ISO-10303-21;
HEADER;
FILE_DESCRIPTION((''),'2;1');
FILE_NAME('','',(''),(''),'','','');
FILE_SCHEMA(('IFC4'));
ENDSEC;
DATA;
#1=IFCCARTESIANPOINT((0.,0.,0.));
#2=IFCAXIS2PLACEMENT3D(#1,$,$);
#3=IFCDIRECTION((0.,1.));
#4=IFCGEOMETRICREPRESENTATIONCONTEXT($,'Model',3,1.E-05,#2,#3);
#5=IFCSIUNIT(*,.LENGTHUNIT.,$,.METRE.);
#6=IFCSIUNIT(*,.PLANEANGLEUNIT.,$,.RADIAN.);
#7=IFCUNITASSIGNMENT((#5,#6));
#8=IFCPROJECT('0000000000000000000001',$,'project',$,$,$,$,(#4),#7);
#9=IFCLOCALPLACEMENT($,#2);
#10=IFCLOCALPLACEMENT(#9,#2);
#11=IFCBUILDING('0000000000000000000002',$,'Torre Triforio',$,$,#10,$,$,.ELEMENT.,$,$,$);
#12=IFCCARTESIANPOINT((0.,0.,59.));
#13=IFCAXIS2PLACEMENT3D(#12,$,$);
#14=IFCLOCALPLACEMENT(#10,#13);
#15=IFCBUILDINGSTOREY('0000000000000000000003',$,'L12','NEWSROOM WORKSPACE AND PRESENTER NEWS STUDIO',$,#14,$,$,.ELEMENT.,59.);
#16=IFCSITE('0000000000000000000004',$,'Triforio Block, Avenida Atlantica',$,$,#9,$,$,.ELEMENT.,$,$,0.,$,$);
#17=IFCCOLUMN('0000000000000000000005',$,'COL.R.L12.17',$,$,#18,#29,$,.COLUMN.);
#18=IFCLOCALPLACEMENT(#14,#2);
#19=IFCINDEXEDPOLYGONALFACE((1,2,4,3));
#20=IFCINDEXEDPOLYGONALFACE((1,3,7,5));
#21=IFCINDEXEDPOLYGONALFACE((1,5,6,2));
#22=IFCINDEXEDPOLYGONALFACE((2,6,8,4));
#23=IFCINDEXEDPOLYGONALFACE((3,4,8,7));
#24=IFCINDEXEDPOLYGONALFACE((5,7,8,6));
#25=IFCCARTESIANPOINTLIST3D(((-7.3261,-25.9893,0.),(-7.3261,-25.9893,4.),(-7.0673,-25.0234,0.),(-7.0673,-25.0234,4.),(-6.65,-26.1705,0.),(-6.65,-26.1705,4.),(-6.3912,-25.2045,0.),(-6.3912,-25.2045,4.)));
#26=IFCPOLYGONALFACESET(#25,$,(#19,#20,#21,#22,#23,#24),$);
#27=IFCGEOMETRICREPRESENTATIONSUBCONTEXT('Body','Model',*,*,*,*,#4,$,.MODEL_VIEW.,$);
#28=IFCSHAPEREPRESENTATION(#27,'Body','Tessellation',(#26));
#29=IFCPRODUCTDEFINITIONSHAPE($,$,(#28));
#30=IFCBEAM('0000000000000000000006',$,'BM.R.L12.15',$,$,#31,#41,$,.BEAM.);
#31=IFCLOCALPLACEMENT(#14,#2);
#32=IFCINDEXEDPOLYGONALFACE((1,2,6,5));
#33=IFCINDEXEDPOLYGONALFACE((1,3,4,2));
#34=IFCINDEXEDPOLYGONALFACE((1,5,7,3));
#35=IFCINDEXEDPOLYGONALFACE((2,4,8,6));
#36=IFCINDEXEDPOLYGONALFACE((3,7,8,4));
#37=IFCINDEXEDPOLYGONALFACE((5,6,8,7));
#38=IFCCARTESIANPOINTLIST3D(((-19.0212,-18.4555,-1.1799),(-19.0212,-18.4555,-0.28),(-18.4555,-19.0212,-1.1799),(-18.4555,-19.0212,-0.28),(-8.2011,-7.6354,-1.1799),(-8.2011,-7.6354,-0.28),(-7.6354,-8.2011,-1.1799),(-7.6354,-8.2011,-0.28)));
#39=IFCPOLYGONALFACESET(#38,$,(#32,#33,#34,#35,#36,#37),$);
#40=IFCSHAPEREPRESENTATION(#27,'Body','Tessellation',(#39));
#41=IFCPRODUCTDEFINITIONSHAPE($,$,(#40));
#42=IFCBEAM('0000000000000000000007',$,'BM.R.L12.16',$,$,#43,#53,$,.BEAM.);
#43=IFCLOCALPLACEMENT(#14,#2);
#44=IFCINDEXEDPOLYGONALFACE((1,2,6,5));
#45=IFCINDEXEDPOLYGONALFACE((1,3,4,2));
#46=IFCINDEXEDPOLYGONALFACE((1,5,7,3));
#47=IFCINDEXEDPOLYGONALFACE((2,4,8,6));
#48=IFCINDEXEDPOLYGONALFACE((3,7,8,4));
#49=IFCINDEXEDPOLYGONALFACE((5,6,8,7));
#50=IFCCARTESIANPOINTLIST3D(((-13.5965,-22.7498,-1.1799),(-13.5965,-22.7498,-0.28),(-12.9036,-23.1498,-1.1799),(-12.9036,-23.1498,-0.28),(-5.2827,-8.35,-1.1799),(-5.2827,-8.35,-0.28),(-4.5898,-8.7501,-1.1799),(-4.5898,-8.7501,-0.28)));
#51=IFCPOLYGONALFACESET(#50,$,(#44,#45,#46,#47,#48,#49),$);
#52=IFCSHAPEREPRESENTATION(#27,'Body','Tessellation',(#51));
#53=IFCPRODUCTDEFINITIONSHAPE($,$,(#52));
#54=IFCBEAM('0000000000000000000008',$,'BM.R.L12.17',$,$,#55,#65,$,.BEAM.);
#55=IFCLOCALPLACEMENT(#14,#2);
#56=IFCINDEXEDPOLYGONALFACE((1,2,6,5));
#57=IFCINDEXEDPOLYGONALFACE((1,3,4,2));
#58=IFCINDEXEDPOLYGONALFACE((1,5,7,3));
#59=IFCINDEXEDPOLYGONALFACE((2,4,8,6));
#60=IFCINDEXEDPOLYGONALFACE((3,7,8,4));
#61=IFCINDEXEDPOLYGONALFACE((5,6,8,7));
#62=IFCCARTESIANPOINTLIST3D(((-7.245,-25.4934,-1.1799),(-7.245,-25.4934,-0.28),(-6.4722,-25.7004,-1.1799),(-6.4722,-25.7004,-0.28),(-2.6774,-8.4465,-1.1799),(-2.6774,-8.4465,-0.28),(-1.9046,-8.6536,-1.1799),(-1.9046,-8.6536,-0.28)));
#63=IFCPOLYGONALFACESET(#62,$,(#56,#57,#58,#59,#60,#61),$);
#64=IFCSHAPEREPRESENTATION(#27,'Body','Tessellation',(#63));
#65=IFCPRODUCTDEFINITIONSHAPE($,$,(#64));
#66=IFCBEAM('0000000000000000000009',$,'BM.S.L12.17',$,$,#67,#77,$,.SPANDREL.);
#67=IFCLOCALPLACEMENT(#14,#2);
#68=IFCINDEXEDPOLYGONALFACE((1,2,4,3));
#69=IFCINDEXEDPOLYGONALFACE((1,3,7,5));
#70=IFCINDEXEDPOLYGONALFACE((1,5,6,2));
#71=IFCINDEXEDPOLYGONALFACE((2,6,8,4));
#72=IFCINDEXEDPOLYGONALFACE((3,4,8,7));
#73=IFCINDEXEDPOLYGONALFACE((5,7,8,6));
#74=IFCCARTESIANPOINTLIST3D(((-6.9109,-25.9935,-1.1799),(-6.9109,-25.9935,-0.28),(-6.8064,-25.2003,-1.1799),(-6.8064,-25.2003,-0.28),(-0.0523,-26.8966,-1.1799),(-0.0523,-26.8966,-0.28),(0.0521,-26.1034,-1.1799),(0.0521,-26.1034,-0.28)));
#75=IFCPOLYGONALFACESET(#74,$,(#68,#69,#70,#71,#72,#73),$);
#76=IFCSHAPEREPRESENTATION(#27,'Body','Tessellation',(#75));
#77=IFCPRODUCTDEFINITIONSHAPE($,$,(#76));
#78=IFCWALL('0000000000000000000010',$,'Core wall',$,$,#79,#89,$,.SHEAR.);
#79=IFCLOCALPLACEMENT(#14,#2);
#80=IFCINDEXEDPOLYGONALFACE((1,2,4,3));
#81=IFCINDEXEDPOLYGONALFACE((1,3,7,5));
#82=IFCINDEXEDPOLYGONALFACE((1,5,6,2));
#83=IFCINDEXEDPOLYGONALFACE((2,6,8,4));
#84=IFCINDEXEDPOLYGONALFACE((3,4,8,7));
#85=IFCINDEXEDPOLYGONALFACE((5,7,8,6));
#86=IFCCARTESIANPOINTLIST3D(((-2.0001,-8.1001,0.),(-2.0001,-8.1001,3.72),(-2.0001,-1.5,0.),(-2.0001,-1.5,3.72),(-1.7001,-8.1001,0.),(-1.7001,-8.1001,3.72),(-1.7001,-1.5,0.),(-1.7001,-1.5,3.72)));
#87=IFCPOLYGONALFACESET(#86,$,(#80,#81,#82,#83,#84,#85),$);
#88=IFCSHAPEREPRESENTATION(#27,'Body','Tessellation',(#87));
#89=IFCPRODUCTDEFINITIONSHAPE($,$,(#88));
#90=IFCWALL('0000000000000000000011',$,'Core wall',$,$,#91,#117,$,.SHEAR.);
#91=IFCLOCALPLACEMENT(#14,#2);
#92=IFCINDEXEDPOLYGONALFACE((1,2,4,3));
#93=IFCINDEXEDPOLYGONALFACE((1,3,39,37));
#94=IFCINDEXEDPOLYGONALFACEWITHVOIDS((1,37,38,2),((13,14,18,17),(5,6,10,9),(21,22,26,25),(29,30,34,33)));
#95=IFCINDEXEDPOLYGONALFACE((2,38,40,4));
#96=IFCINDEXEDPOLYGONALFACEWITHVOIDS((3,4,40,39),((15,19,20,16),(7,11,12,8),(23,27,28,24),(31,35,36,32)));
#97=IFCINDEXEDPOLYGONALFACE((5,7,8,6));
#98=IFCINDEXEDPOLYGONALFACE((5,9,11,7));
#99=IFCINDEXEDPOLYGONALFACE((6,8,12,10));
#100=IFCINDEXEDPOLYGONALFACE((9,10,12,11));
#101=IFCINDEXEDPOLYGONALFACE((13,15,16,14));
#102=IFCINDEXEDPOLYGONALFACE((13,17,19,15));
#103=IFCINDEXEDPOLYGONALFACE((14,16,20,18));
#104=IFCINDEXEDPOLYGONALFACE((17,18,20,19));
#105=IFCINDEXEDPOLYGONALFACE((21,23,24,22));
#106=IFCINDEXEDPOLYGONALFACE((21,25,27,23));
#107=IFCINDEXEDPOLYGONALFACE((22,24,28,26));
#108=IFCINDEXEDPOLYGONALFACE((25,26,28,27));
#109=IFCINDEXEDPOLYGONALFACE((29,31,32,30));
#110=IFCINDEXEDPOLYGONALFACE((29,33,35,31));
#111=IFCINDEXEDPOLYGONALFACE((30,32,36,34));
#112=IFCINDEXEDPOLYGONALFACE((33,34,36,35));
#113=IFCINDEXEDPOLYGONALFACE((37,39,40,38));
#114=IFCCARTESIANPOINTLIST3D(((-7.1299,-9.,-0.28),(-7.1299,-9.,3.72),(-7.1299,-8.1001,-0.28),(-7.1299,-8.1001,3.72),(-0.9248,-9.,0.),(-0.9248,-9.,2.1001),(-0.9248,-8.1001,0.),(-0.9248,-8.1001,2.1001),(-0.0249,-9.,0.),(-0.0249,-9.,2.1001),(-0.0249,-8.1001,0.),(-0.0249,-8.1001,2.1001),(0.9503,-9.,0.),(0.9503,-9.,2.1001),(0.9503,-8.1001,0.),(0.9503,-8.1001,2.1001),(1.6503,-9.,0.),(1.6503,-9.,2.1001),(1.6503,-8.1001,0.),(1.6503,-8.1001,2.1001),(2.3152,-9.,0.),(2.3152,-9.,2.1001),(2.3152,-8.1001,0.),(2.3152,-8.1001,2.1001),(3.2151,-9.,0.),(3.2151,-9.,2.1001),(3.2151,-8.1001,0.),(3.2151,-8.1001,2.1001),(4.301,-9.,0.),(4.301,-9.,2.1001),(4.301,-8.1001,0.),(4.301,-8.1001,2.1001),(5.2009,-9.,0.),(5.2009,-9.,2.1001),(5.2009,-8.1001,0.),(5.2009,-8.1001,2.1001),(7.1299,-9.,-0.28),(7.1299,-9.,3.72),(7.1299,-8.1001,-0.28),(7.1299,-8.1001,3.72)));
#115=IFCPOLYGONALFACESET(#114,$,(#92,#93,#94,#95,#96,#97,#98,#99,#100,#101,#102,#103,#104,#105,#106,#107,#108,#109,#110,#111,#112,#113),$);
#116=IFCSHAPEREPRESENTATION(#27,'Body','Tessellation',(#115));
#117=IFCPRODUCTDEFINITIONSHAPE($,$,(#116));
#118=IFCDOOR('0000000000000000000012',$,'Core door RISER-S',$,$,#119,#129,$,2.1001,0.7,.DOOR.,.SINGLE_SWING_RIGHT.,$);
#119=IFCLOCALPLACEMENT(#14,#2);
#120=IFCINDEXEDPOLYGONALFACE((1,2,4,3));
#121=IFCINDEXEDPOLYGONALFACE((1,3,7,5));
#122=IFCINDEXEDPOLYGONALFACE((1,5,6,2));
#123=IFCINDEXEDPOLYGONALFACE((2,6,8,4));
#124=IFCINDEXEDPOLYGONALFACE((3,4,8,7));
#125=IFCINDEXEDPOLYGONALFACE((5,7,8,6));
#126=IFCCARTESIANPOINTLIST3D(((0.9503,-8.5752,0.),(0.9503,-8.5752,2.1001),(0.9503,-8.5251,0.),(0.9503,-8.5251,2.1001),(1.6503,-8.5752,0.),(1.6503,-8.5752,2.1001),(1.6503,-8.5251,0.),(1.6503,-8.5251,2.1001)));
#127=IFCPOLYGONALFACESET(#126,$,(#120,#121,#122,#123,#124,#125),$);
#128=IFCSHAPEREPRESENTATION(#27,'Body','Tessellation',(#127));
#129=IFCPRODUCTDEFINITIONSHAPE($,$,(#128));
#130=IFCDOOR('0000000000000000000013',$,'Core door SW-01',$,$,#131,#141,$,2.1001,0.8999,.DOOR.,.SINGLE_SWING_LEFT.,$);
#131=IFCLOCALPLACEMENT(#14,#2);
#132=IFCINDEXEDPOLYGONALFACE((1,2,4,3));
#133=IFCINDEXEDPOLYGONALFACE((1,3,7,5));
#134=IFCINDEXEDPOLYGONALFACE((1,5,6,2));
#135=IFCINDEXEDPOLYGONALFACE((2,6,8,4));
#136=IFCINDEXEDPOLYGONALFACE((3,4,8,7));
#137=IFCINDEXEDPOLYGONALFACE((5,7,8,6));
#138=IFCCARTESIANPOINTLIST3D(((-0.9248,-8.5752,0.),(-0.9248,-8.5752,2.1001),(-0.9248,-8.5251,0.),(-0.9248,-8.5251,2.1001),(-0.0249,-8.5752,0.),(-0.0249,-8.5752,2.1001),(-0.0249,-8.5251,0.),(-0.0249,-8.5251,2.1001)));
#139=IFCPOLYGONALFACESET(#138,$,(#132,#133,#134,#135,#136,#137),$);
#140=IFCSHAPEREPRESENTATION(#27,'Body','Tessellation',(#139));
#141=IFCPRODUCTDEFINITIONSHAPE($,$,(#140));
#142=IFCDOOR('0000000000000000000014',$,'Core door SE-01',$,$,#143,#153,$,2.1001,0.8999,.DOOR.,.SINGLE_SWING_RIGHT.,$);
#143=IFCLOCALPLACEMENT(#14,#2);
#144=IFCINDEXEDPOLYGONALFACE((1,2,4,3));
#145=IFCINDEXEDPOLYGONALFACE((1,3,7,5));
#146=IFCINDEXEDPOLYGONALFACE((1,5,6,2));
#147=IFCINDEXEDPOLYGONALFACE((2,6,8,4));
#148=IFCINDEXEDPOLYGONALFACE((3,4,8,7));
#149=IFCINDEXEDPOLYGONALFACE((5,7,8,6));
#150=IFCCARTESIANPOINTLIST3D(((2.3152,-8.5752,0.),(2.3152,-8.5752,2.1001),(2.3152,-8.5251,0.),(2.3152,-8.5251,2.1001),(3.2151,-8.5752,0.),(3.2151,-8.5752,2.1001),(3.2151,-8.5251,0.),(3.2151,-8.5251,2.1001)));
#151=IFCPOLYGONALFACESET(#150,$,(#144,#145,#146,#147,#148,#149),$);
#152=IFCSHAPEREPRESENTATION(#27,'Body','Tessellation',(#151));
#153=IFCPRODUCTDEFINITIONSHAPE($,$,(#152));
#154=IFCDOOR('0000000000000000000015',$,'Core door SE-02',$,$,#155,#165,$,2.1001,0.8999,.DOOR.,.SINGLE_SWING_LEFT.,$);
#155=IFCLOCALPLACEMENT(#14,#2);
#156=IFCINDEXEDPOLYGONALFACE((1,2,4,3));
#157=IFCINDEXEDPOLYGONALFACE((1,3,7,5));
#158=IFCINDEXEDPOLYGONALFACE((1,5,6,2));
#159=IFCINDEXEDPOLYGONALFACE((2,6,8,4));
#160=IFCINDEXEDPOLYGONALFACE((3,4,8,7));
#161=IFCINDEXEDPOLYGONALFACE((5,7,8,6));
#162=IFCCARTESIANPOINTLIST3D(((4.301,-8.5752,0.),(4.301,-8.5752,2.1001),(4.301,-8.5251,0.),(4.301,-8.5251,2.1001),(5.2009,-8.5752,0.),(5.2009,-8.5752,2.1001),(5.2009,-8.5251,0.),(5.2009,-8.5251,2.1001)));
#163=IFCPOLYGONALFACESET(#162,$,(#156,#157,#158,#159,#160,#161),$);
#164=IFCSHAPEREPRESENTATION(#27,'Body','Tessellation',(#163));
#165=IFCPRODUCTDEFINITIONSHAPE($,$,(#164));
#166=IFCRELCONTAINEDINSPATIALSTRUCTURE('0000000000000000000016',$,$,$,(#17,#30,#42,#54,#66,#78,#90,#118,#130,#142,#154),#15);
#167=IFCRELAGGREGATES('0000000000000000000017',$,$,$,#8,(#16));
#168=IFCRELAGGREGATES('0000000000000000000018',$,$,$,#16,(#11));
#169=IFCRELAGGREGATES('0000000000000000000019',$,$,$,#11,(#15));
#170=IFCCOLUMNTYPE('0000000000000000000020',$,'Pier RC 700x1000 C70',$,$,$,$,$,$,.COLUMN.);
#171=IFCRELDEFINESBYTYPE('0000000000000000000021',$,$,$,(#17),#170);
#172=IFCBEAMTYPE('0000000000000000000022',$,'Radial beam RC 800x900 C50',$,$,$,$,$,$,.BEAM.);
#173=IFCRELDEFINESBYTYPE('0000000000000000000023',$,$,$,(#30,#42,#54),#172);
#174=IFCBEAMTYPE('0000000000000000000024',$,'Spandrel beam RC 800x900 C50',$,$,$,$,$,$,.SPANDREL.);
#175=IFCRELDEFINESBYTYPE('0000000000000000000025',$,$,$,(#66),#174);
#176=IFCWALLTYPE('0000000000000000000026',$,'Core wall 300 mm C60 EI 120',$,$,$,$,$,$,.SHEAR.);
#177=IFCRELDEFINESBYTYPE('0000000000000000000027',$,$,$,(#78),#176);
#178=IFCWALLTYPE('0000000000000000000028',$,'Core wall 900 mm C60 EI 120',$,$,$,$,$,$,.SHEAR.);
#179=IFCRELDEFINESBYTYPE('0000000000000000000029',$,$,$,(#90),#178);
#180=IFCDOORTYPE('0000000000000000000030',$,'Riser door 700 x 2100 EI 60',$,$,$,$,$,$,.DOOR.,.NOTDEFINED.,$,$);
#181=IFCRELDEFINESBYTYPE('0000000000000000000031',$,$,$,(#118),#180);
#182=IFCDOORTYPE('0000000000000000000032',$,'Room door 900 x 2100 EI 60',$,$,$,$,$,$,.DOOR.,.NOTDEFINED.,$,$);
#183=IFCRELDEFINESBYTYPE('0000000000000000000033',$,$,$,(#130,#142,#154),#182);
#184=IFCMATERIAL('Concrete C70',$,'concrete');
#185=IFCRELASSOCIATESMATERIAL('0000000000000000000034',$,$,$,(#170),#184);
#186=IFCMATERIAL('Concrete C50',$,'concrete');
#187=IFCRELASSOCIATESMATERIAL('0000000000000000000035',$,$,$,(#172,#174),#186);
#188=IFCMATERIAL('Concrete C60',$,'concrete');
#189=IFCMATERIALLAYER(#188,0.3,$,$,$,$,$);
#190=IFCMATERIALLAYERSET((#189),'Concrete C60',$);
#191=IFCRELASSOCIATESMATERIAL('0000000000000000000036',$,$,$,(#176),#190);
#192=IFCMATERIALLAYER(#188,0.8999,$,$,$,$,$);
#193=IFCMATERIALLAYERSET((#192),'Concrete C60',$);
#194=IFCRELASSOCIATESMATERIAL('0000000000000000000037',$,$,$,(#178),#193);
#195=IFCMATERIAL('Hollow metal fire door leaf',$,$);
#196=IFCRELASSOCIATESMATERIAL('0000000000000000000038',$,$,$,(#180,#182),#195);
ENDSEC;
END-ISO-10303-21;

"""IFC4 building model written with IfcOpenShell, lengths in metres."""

from ifc_helpers import new_model, si_unit, direction, frame, frame_2d, origin, origin_2d, place, context, subcontext, project, spatial, rectangle, extrude, material, layer, layer_set, material_profile, profile_set, type_object, element, fill, save


model = new_model("IFC4")

# Units and contexts
model_context = context("Model", 3, precision=1e-05, world=origin(), true_north=direction((0.0, 1.0)))
body_context = subcontext(model_context, "Body", "Model", "MODEL_VIEW")
ifc_project = project(units=[si_unit("LENGTHUNIT", "METRE"), si_unit("PLANEANGLEUNIT", "RADIAN")], contexts=[model_context])

# Site, building, storey
site_placement = place(None, origin())
site = spatial("IfcSite", under=ifc_project, at=site_placement, Name="Triforio Block, Avenida Atlantica", CompositionType="ELEMENT", RefElevation=0.0)
building_placement = place(site_placement, origin())
building = spatial("IfcBuilding", under=site, at=building_placement, Name="Torre Triforio", CompositionType="ELEMENT")
storey_placement = place(building_placement, frame((0.0, 0.0, 59.0)))
storey = spatial("IfcBuildingStorey", under=building, at=storey_placement, Name="L12", Description="NEWSROOM WORKSPACE AND PRESENTER NEWS STUDIO", CompositionType="ELEMENT", Elevation=59.0)

# Column
ifc_material_1 = material(Name="Concrete C70", Category="concrete")
ifc_material_profile_1 = material_profile(ifc_material_1, rectangle(XDim=0.7, YDim=1.0, at=origin_2d()), Name="RC 700x1000")
ifc_profile_set_1 = profile_set([ifc_material_profile_1], Name="Concrete C70")
column_type = type_object("IfcColumnType", Name="Pier RC 700x1000 C70", PredefinedType="COLUMN", material=ifc_profile_set_1)
column_placement = place(storey_placement, frame((-6.8586, -25.5969, 0.0), z_axis=(0.0, 0.0, 1.0), x_axis=(0.965926, -0.258819, 0.0)))
element("IfcColumn", 1, at=column_placement, inside=storey, type_object=column_type, Name="COL.R.L12.17", PredefinedType="COLUMN", context=body_context, shape_type="SweptSolid", body=[
    extrude(rectangle(XDim=0.7, YDim=1.0, at=origin_2d()), origin(), (0.0, 0.0, 1.0), 4.0),
])

# Beams
ifc_material_2 = material(Name="Concrete C50", Category="concrete")
ifc_material_profile_2 = material_profile(ifc_material_2, rectangle(XDim=0.8, YDim=0.8999, at=origin_2d()), Name="RC 800x900")
ifc_profile_set_2 = profile_set([ifc_material_profile_2], Name="Concrete C50")
beam_type_1 = type_object("IfcBeamType", Name="Radial beam RC 800x900 C50", PredefinedType="BEAM", material=ifc_profile_set_2)
beam_1_placement = place(storey_placement, frame((-7.9182, -7.9182, -0.73), z_axis=(-0.707107, -0.707107, 0.0), x_axis=(0.707107, -0.707107, 0.0)))
element("IfcBeam", 2, at=beam_1_placement, inside=storey, type_object=beam_type_1, Name="BM.R.L12.15", PredefinedType="BEAM", context=body_context, shape_type="SweptSolid", body=[
    extrude(rectangle(XDim=0.8, YDim=0.8999, at=origin_2d()), origin(), (0.0, 0.0, 1.0), 15.302),
])
beam_2_placement = place(storey_placement, frame((-4.9363, -8.55, -0.73), z_axis=(-0.500003, -0.866023, 0.0), x_axis=(0.866023, -0.500003, 0.0)))
element("IfcBeam", 3, at=beam_2_placement, inside=storey, type_object=beam_type_1, Name="BM.R.L12.16", PredefinedType="BEAM", context=body_context, shape_type="SweptSolid", body=[
    extrude(rectangle(XDim=0.8, YDim=0.8999, at=origin_2d()), origin(), (0.0, 0.0, 1.0), 16.6274),
])
beam_3_placement = place(storey_placement, frame((-2.291, -8.55, -0.73), z_axis=(-0.258815, -0.965927, 0.0), x_axis=(0.965927, -0.258815, 0.0)))
element("IfcBeam", 4, at=beam_3_placement, inside=storey, type_object=beam_type_1, Name="BM.R.L12.17", PredefinedType="BEAM", context=body_context, shape_type="SweptSolid", body=[
    extrude(rectangle(XDim=0.8, YDim=0.8999, at=origin_2d()), origin(), (0.0, 0.0, 1.0), 17.6482),
])
ifc_material_profile_3 = material_profile(ifc_material_2, rectangle(XDim=0.8, YDim=0.8999, at=origin_2d()), Name="RC 800x900")
ifc_profile_set_3 = profile_set([ifc_material_profile_3], Name="Concrete C50")
beam_type_2 = type_object("IfcBeamType", Name="Spandrel beam RC 800x900 C50", PredefinedType="SPANDREL", material=ifc_profile_set_3)
beam_4_placement = place(storey_placement, frame((-6.8586, -25.5969, -0.73), z_axis=(0.991443, -0.130543, 0.0), x_axis=(0.130543, 0.991443, 0.0)))
element("IfcBeam", 5, at=beam_4_placement, inside=storey, type_object=beam_type_2, Name="BM.S.L12.17", PredefinedType="SPANDREL", context=body_context, shape_type="SweptSolid", body=[
    extrude(rectangle(XDim=0.8, YDim=0.8999, at=origin_2d()), origin(), (0.0, 0.0, 1.0), 6.9177),
])

# Wall
ifc_material_3 = material(Name="Concrete C60", Category="concrete")
ifc_layer_1 = layer(ifc_material_3, 0.3)
ifc_layer_set_1 = layer_set([ifc_layer_1], Name="Concrete C60")
wall_type_1 = type_object("IfcWallType", Name="Core wall 300 mm C60 EI 120", PredefinedType="SHEAR", material=ifc_layer_set_1)
wall_1_placement = place(storey_placement, frame((-1.8501, -8.1001, 0.0), z_axis=(0.0, 0.0, 1.0), x_axis=(0.0, 1.0, 0.0)))
element("IfcWall", 6, at=wall_1_placement, inside=storey, type_object=wall_type_1, Name="Core wall", PredefinedType="SHEAR", context=body_context, shape_type="SweptSolid", body=[
    extrude(rectangle(XDim=6.6001, YDim=0.3, at=frame_2d((3.3, 0.0))), origin(), (0.0, 0.0, 1.0), 3.72),
])

# Wall, openings, doors
ifc_layer_2 = layer(ifc_material_3, 0.8999)
ifc_layer_set_2 = layer_set([ifc_layer_2], Name="Concrete C60")
wall_type_2 = type_object("IfcWallType", Name="Core wall 900 mm C60 EI 120", PredefinedType="SHEAR", material=ifc_layer_set_2)
wall_2_placement = place(storey_placement, frame((-7.1299, -8.55, -0.28), z_axis=(0.0, 0.0, 1.0), x_axis=(1.0, 0.0, 0.0)))
wall_2 = element("IfcWall", 7, at=wall_2_placement, inside=storey, type_object=wall_type_2, Name="Core wall", PredefinedType="SHEAR", context=body_context, shape_type="SweptSolid", body=[
    extrude(rectangle(XDim=14.2598, YDim=0.8999, at=frame_2d((7.1299, 0.0))), origin(), (0.0, 0.0, 1.0), 4.0),
])
opening_1_placement = place(wall_2_placement, frame((8.0801, 0.0, 0.28)))
opening_1 = element("IfcOpeningElement", 8, at=opening_1_placement, cuts=wall_2, PredefinedType="OPENING", context=body_context, shape_type="SweptSolid", body=[
    extrude(rectangle(XDim=0.7, YDim=2.1001, at=frame_2d((0.3501, 1.05))), frame((0.0, 0.46, 0.0), z_axis=(0.0, -1.0, 0.0), x_axis=(1.0, 0.0, 0.0)), (0.0, 0.0, 1.0), 0.9199),
])
opening_2_placement = place(wall_2_placement, frame((6.2051, 0.0, 0.28)))
opening_2 = element("IfcOpeningElement", 9, at=opening_2_placement, cuts=wall_2, PredefinedType="OPENING", context=body_context, shape_type="SweptSolid", body=[
    extrude(rectangle(XDim=0.8999, YDim=2.1001, at=frame_2d((0.45, 1.05))), frame((0.0, 0.46, 0.0), z_axis=(0.0, -1.0, 0.0), x_axis=(1.0, 0.0, 0.0)), (0.0, 0.0, 1.0), 0.9199),
])
opening_3_placement = place(wall_2_placement, frame((9.4451, 0.0, 0.28)))
opening_3 = element("IfcOpeningElement", 10, at=opening_3_placement, cuts=wall_2, PredefinedType="OPENING", context=body_context, shape_type="SweptSolid", body=[
    extrude(rectangle(XDim=0.8999, YDim=2.1001, at=frame_2d((0.45, 1.05))), frame((0.0, 0.46, 0.0), z_axis=(0.0, -1.0, 0.0), x_axis=(1.0, 0.0, 0.0)), (0.0, 0.0, 1.0), 0.9199),
])
opening_4_placement = place(wall_2_placement, frame((11.4309, 0.0, 0.28)))
opening_4 = element("IfcOpeningElement", 11, at=opening_4_placement, cuts=wall_2, PredefinedType="OPENING", context=body_context, shape_type="SweptSolid", body=[
    extrude(rectangle(XDim=0.8999, YDim=2.1001, at=frame_2d((0.45, 1.05))), frame((0.0, 0.46, 0.0), z_axis=(0.0, -1.0, 0.0), x_axis=(1.0, 0.0, 0.0)), (0.0, 0.0, 1.0), 0.9199),
])
ifc_material_4 = material(Name="Hollow metal fire door leaf")
door_type_1 = type_object("IfcDoorType", Name="Riser door 700 x 2100 EI 60", OperationType="NOTDEFINED", PredefinedType="DOOR", material=ifc_material_4)
door_1_placement = place(opening_1_placement, origin())
door_1 = element("IfcDoor", 12, at=door_1_placement, inside=storey, type_object=door_type_1, Name="Core door RISER-S", OperationType="SINGLE_SWING_RIGHT", OverallHeight=2.1001, OverallWidth=0.7, PredefinedType="DOOR", context=body_context, shape_type="SweptSolid", body=[
    extrude(rectangle(XDim=0.7, YDim=2.1001, at=frame_2d((0.3501, 1.05))), frame((0.0, 0.0249, 0.0), z_axis=(0.0, -1.0, 0.0), x_axis=(1.0, 0.0, 0.0)), (0.0, 0.0, 1.0), 0.05),
])
fill(opening_1, door_1)
door_type_2 = type_object("IfcDoorType", Name="Room door 900 x 2100 EI 60", OperationType="NOTDEFINED", PredefinedType="DOOR", material=ifc_material_4)
door_2_placement = place(opening_2_placement, origin())
door_2 = element("IfcDoor", 13, at=door_2_placement, inside=storey, type_object=door_type_2, Name="Core door SW-01", OperationType="SINGLE_SWING_LEFT", OverallHeight=2.1001, OverallWidth=0.8999, PredefinedType="DOOR", context=body_context, shape_type="SweptSolid", body=[
    extrude(rectangle(XDim=0.8999, YDim=2.1001, at=frame_2d((0.45, 1.05))), frame((0.0, 0.0249, 0.0), z_axis=(0.0, -1.0, 0.0), x_axis=(1.0, 0.0, 0.0)), (0.0, 0.0, 1.0), 0.05),
])
fill(opening_2, door_2)
door_3_placement = place(opening_3_placement, origin())
door_3 = element("IfcDoor", 14, at=door_3_placement, inside=storey, type_object=door_type_2, Name="Core door SE-01", OperationType="SINGLE_SWING_RIGHT", OverallHeight=2.1001, OverallWidth=0.8999, PredefinedType="DOOR", context=body_context, shape_type="SweptSolid", body=[
    extrude(rectangle(XDim=0.8999, YDim=2.1001, at=frame_2d((0.45, 1.05))), frame((0.0, 0.0249, 0.0), z_axis=(0.0, -1.0, 0.0), x_axis=(1.0, 0.0, 0.0)), (0.0, 0.0, 1.0), 0.05),
])
fill(opening_3, door_3)
door_4_placement = place(opening_4_placement, origin())
door_4 = element("IfcDoor", 15, at=door_4_placement, inside=storey, type_object=door_type_2, Name="Core door SE-02", OperationType="SINGLE_SWING_LEFT", OverallHeight=2.1001, OverallWidth=0.8999, PredefinedType="DOOR", context=body_context, shape_type="SweptSolid", body=[
    extrude(rectangle(XDim=0.8999, YDim=2.1001, at=frame_2d((0.45, 1.05))), frame((0.0, 0.0249, 0.0), z_axis=(0.0, -1.0, 0.0), x_axis=(1.0, 0.0, 0.0)), (0.0, 0.0, 1.0), 0.05),
])
fill(opening_4, door_4)

save(model, "model.ifc")
